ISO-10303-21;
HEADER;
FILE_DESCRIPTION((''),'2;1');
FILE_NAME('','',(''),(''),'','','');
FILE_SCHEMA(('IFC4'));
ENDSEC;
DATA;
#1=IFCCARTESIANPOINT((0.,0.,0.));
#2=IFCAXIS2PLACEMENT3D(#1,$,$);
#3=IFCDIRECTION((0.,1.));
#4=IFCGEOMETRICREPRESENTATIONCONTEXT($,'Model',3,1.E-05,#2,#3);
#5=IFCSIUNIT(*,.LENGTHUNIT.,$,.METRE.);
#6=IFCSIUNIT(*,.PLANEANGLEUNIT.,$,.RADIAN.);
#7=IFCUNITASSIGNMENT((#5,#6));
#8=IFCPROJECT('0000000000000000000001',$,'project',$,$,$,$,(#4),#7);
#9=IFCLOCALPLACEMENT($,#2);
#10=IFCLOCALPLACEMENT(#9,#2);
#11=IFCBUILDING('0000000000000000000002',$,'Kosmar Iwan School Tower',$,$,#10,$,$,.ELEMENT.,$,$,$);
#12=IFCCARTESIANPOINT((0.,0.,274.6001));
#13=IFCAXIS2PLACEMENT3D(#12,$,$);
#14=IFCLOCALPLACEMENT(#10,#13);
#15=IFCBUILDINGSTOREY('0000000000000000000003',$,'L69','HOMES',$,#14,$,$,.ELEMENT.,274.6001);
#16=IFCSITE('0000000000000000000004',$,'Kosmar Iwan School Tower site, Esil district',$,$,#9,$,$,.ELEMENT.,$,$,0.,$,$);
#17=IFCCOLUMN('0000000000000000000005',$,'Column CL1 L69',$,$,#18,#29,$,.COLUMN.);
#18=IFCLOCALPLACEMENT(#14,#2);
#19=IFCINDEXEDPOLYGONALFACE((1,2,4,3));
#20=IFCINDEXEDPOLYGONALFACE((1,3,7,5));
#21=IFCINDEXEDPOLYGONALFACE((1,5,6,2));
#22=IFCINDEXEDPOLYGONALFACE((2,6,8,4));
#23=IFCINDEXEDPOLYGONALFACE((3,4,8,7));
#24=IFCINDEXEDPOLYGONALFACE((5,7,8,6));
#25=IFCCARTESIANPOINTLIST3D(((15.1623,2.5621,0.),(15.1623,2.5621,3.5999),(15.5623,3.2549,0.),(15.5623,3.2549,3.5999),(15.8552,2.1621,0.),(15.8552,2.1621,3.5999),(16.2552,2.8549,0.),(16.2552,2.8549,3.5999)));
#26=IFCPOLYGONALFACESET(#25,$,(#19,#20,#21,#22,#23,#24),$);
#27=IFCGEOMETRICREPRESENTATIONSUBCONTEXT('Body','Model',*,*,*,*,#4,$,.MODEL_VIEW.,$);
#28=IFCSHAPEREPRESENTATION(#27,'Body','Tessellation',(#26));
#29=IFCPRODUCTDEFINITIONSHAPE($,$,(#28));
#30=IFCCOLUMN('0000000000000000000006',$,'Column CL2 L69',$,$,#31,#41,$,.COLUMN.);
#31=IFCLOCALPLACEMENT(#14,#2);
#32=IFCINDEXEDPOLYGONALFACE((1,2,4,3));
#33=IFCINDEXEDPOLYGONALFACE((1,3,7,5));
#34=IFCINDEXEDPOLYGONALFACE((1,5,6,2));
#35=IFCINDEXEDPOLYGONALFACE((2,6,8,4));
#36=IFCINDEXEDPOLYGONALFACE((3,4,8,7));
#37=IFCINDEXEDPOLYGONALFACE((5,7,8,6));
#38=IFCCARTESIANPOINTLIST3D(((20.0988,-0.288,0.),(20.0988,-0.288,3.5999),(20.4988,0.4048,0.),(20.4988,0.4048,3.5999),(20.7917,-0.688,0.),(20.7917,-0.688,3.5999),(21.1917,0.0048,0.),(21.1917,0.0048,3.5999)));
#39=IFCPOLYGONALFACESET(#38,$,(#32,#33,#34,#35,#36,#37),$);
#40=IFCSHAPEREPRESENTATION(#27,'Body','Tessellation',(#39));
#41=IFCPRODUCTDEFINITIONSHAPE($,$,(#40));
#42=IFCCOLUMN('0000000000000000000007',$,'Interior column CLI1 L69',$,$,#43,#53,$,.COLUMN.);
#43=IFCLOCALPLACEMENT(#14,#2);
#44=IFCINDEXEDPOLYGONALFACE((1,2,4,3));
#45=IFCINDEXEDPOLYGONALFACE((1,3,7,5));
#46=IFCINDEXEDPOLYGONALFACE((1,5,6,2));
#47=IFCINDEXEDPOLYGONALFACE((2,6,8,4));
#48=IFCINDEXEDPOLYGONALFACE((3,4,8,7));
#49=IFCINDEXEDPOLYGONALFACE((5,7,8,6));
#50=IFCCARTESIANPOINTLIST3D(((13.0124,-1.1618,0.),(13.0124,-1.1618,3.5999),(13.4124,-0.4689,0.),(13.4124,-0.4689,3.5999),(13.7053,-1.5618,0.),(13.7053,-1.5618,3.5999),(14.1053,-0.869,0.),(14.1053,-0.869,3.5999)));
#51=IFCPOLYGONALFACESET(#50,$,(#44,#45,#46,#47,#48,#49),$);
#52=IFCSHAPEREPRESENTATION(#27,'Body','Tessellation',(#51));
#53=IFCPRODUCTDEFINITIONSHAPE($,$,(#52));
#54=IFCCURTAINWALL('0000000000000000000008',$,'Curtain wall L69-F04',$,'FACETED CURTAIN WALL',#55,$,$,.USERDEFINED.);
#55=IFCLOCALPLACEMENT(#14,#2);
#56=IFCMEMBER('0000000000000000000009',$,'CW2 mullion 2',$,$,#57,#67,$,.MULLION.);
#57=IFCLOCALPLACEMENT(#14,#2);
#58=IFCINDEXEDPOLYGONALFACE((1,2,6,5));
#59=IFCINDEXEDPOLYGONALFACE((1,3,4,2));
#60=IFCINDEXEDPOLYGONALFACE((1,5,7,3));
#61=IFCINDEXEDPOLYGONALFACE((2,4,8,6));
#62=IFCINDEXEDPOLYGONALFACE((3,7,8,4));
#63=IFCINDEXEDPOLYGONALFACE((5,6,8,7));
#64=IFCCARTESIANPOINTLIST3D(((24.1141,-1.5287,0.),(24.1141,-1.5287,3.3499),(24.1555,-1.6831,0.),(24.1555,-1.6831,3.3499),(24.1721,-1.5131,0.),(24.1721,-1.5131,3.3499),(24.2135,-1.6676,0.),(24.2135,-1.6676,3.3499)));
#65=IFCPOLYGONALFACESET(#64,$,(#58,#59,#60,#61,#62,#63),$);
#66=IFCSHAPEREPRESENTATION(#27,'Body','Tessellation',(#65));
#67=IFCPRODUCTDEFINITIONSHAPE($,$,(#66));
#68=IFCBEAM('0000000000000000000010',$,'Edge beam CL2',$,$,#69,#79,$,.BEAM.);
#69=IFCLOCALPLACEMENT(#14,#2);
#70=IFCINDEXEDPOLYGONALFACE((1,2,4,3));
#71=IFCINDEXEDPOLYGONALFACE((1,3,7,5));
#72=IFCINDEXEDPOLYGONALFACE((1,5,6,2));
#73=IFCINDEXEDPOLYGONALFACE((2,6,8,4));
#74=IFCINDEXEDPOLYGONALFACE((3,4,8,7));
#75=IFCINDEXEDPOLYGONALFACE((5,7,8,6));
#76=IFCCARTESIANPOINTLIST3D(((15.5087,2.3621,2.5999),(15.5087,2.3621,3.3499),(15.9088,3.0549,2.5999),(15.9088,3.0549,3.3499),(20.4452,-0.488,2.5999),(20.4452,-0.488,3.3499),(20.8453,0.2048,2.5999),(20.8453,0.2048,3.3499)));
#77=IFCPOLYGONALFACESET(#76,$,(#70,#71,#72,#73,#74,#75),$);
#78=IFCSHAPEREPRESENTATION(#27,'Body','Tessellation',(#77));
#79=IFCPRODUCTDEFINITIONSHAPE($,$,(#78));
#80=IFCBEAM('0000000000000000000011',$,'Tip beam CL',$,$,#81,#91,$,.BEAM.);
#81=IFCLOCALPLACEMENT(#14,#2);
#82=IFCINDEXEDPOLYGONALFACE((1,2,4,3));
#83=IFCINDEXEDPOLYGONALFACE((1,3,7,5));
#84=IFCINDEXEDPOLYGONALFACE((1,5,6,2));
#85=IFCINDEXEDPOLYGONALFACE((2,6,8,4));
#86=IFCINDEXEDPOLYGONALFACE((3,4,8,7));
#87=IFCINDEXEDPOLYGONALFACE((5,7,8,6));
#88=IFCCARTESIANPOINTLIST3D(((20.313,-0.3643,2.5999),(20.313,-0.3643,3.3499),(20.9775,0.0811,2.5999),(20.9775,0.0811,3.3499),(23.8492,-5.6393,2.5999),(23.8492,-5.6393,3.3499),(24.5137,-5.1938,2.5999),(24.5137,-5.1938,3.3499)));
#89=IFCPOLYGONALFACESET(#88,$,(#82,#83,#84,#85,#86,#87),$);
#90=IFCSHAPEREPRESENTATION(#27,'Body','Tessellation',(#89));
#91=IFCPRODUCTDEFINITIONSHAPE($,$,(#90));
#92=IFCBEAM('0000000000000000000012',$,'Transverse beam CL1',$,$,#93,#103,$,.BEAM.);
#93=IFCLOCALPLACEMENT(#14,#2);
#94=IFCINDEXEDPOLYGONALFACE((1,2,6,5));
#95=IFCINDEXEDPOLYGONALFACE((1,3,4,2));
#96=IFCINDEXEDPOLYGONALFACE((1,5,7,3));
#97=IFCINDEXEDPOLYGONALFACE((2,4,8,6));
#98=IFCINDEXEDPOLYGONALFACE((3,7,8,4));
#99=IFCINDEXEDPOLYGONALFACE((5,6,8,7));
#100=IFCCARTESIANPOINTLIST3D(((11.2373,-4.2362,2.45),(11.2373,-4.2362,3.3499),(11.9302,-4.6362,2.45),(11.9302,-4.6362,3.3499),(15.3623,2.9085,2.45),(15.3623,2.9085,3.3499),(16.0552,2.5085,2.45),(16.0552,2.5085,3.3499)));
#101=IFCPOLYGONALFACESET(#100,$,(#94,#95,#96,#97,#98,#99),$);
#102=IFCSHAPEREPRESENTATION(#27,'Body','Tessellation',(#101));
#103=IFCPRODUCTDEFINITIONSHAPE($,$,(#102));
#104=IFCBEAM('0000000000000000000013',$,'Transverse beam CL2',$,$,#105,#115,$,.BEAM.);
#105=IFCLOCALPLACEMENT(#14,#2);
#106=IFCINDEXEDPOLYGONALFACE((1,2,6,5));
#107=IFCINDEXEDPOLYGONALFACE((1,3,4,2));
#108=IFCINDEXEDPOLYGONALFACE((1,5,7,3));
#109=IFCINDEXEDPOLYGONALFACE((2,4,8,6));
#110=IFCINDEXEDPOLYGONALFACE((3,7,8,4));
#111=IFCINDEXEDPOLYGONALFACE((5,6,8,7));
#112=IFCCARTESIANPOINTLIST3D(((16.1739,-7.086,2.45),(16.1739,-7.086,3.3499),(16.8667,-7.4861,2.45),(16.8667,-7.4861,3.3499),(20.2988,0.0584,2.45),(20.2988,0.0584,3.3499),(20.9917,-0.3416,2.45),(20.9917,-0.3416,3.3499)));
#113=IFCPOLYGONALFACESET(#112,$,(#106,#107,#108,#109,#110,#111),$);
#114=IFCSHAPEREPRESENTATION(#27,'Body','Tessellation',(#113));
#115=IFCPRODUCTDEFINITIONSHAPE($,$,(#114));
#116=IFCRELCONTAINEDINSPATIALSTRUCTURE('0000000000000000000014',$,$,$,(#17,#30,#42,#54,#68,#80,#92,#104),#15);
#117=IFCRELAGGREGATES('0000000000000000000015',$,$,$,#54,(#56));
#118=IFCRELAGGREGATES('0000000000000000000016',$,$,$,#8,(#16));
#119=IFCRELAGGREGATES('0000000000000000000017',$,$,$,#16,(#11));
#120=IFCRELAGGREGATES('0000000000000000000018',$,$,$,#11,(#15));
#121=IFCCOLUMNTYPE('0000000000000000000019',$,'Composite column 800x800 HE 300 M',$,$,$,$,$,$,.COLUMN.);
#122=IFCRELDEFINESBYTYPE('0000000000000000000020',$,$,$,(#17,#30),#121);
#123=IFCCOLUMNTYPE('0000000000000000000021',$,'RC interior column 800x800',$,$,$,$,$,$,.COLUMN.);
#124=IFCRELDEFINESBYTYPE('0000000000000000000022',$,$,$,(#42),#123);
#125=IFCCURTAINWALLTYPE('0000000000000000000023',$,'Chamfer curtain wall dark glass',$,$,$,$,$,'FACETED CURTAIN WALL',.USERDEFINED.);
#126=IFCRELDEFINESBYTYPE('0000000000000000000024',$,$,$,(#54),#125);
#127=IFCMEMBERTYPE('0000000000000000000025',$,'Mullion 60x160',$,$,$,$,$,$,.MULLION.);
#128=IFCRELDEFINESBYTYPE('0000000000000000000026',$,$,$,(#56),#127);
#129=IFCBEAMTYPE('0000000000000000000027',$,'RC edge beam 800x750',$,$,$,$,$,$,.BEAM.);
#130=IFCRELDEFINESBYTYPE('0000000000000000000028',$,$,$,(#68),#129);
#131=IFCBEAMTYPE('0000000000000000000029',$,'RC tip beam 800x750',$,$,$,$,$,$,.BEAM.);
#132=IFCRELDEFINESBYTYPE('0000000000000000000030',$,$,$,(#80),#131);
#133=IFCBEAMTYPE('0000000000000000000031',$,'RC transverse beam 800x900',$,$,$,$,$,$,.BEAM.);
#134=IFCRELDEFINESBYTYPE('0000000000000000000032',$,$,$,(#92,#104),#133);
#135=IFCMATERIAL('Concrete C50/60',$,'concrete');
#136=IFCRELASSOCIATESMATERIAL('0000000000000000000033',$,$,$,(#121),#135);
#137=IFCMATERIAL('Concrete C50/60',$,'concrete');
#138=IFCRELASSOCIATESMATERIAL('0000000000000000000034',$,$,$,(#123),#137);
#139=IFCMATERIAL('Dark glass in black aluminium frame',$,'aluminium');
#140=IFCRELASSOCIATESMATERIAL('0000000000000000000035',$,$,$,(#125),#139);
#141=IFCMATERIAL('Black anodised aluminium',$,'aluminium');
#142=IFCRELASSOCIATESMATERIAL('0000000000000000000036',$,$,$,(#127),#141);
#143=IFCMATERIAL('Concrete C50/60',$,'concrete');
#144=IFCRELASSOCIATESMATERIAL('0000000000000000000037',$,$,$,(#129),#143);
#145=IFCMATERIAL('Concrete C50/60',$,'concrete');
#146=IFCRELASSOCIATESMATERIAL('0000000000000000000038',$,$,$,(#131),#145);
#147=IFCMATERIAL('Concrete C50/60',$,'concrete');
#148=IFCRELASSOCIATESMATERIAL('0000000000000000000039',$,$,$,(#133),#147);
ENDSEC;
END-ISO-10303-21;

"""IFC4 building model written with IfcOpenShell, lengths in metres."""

from ifc_helpers import new_model, si_unit, direction, frame, origin, origin_2d, place, context, subcontext, project, spatial, rectangle, extrude, material, material_profile, profile_set, type_object, element, aggregate, save


model = new_model("IFC4")

# Units and contexts
model_context = context("Model", 3, precision=1e-05, world=origin(), true_north=direction((0.0, 1.0)))
body_context = subcontext(model_context, "Body", "Model", "MODEL_VIEW")
ifc_project = project(units=[si_unit("LENGTHUNIT", "METRE"), si_unit("PLANEANGLEUNIT", "RADIAN")], contexts=[model_context])

# Site, building, storey
site_placement = place(None, origin())
site = spatial("IfcSite", under=ifc_project, at=site_placement, Name="Kosmar Iwan School Tower site, Esil district", CompositionType="ELEMENT", RefElevation=0.0)
building_placement = place(site_placement, origin())
building = spatial("IfcBuilding", under=site, at=building_placement, Name="Kosmar Iwan School Tower", CompositionType="ELEMENT")
storey_placement = place(building_placement, frame((0.0, 0.0, 274.6001)))
storey = spatial("IfcBuildingStorey", under=building, at=storey_placement, Name="L69", Description="HOMES", CompositionType="ELEMENT", Elevation=274.6001)

# Columns
ifc_material_1 = material(Name="Concrete C50/60", Category="concrete")
ifc_material_profile_1 = material_profile(ifc_material_1, rectangle(XDim=0.8, YDim=0.8, at=origin_2d()), Name="RC 800x800 + HE 300 M")
ifc_profile_set_1 = profile_set([ifc_material_profile_1], Name="Concrete C50/60")
column_type_1 = type_object("IfcColumnType", Name="Composite column 800x800 HE 300 M", PredefinedType="COLUMN", material=ifc_profile_set_1)
for number, where, z_axis, x_axis, name in (
    (1, (15.7087, 2.7085, 0.0), (0.0, 0.0, 1.0), (0.866025, -0.5, 0.0), "Column CL1 L69"),
    (2, (20.6453, -0.1416, 0.0), (0.0, 0.0, 1.0), (0.866025, -0.5, 0.0), "Column CL2 L69"),
):
    element("IfcColumn", number, at=place(storey_placement, frame(where, z_axis=z_axis, x_axis=x_axis)), inside=storey, type_object=column_type_1, Name=name, PredefinedType="COLUMN", context=body_context, shape_type="SweptSolid", body=[
        extrude(rectangle(XDim=0.8, YDim=0.8, at=origin_2d()), origin(), (0.0, 0.0, 1.0), 3.5999),
    ])
ifc_material_2 = material(Name="Concrete C50/60", Category="concrete")
ifc_material_profile_2 = material_profile(ifc_material_2, rectangle(XDim=0.8, YDim=0.8, at=origin_2d()), Name="RC 800x800")
ifc_profile_set_2 = profile_set([ifc_material_profile_2], Name="Concrete C50/60")
column_type_2 = type_object("IfcColumnType", Name="RC interior column 800x800", PredefinedType="COLUMN", material=ifc_profile_set_2)
column_placement = place(storey_placement, frame((13.5588, -1.0154, 0.0), z_axis=(0.0, 0.0, 1.0), x_axis=(0.866025, -0.5, 0.0)))
element("IfcColumn", 3, at=column_placement, inside=storey, type_object=column_type_2, Name="Interior column CLI1 L69", PredefinedType="COLUMN", context=body_context, shape_type="SweptSolid", body=[
    extrude(rectangle(XDim=0.8, YDim=0.8, at=origin_2d()), origin(), (0.0, 0.0, 1.0), 3.5999),
])

# Curtain wall, member
ifc_material_3 = material(Name="Dark glass in black aluminium frame", Category="aluminium")
curtain_wall_type = type_object("IfcCurtainWallType", Name="Chamfer curtain wall dark glass", ElementType="FACETED CURTAIN WALL", PredefinedType="USERDEFINED", material=ifc_material_3)
curtain_wall_placement = place(storey_placement, origin())
curtain_wall = element("IfcCurtainWall", 4, at=curtain_wall_placement, inside=storey, type_object=curtain_wall_type, Name="Curtain wall L69-F04", ObjectType="FACETED CURTAIN WALL", PredefinedType="USERDEFINED")
ifc_material_4 = material(Name="Black anodised aluminium", Category="aluminium")
ifc_material_profile_3 = material_profile(ifc_material_4, rectangle(XDim=0.0601, YDim=0.1599, at=origin_2d()), Name="MULLION 60x160")
ifc_profile_set_3 = profile_set([ifc_material_profile_3], Name="Black anodised aluminium")
member_type = type_object("IfcMemberType", Name="Mullion 60x160", PredefinedType="MULLION", material=ifc_profile_set_3)
member_placement = place(storey_placement, frame((24.1638, -1.5981, 0.0), z_axis=(0.0, 0.0, 1.0), x_axis=(-0.965926, -0.258819, 0.0)))
member = element("IfcMember", 5, at=member_placement, type_object=member_type, Name="CW2 mullion 2", PredefinedType="MULLION", context=body_context, shape_type="SweptSolid", body=[
    extrude(rectangle(XDim=0.0601, YDim=0.1599, at=origin_2d()), origin(), (0.0, 0.0, 1.0), 3.3499),
])
aggregate(curtain_wall, [member])

# Beams
ifc_material_5 = material(Name="Concrete C50/60", Category="concrete")
ifc_material_profile_4 = material_profile(ifc_material_5, rectangle(XDim=0.8, YDim=0.75, at=origin_2d()), Name="RC 800x750")
ifc_profile_set_4 = profile_set([ifc_material_profile_4], Name="Concrete C50/60")
beam_type_1 = type_object("IfcBeamType", Name="RC edge beam 800x750", PredefinedType="BEAM", material=ifc_profile_set_4)
beam_1_placement = place(storey_placement, frame((15.7087, 2.7085, 2.9749), z_axis=(0.866026, -0.499999, 0.0), x_axis=(0.499999, 0.866026, 0.0)))
element("IfcBeam", 6, at=beam_1_placement, inside=storey, type_object=beam_type_1, Name="Edge beam CL2", PredefinedType="BEAM", context=body_context, shape_type="SweptSolid", body=[
    extrude(rectangle(XDim=0.8, YDim=0.75, at=origin_2d()), origin(), (0.0, 0.0, 1.0), 5.7002),
])
ifc_material_6 = material(Name="Concrete C50/60", Category="concrete")
ifc_material_profile_5 = material_profile(ifc_material_6, rectangle(XDim=0.8, YDim=0.75, at=origin_2d()), Name="RC 800x750")
ifc_profile_set_5 = profile_set([ifc_material_profile_5], Name="Concrete C50/60")
beam_type_2 = type_object("IfcBeamType", Name="RC tip beam 800x750", PredefinedType="BEAM", material=ifc_profile_set_5)
beam_2_placement = place(storey_placement, frame((20.6453, -0.1416, 2.9749), z_axis=(0.556828, -0.830628, 0.0), x_axis=(0.830628, 0.556828, 0.0)))
element("IfcBeam", 7, at=beam_2_placement, inside=storey, type_object=beam_type_2, Name="Tip beam CL", PredefinedType="BEAM", context=body_context, shape_type="SweptSolid", body=[
    extrude(rectangle(XDim=0.8, YDim=0.75, at=origin_2d()), origin(), (0.0, 0.0, 1.0), 6.3506),
])
ifc_material_7 = material(Name="Concrete C50/60", Category="concrete")
ifc_material_profile_6 = material_profile(ifc_material_7, rectangle(XDim=0.8, YDim=0.8999, at=origin_2d()), Name="RC 800x900")
ifc_profile_set_6 = profile_set([ifc_material_profile_6], Name="Concrete C50/60")
beam_type_3 = type_object("IfcBeamType", Name="RC transverse beam 800x900", PredefinedType="BEAM", material=ifc_profile_set_6)
beam_3_placement = place(storey_placement, frame((15.7087, 2.7085, 2.8999), z_axis=(-0.499997, -0.866027, 0.0), x_axis=(0.866027, -0.499997, 0.0)))
element("IfcBeam", 8, at=beam_3_placement, inside=storey, type_object=beam_type_3, Name="Transverse beam CL1", PredefinedType="BEAM", context=body_context, shape_type="SweptSolid", body=[
    extrude(rectangle(XDim=0.8, YDim=0.8999, at=origin_2d()), origin(), (0.0, 0.0, 1.0), 8.25),
])
beam_4_placement = place(storey_placement, frame((20.6453, -0.1416, 2.8999), z_axis=(-0.500009, -0.86602, 0.0), x_axis=(0.86602, -0.500009, 0.0)))
element("IfcBeam", 9, at=beam_4_placement, inside=storey, type_object=beam_type_3, Name="Transverse beam CL2", PredefinedType="BEAM", context=body_context, shape_type="SweptSolid", body=[
    extrude(rectangle(XDim=0.8, YDim=0.8999, at=origin_2d()), origin(), (0.0, 0.0, 1.0), 8.2498),
])

save(model, "model.ifc")
